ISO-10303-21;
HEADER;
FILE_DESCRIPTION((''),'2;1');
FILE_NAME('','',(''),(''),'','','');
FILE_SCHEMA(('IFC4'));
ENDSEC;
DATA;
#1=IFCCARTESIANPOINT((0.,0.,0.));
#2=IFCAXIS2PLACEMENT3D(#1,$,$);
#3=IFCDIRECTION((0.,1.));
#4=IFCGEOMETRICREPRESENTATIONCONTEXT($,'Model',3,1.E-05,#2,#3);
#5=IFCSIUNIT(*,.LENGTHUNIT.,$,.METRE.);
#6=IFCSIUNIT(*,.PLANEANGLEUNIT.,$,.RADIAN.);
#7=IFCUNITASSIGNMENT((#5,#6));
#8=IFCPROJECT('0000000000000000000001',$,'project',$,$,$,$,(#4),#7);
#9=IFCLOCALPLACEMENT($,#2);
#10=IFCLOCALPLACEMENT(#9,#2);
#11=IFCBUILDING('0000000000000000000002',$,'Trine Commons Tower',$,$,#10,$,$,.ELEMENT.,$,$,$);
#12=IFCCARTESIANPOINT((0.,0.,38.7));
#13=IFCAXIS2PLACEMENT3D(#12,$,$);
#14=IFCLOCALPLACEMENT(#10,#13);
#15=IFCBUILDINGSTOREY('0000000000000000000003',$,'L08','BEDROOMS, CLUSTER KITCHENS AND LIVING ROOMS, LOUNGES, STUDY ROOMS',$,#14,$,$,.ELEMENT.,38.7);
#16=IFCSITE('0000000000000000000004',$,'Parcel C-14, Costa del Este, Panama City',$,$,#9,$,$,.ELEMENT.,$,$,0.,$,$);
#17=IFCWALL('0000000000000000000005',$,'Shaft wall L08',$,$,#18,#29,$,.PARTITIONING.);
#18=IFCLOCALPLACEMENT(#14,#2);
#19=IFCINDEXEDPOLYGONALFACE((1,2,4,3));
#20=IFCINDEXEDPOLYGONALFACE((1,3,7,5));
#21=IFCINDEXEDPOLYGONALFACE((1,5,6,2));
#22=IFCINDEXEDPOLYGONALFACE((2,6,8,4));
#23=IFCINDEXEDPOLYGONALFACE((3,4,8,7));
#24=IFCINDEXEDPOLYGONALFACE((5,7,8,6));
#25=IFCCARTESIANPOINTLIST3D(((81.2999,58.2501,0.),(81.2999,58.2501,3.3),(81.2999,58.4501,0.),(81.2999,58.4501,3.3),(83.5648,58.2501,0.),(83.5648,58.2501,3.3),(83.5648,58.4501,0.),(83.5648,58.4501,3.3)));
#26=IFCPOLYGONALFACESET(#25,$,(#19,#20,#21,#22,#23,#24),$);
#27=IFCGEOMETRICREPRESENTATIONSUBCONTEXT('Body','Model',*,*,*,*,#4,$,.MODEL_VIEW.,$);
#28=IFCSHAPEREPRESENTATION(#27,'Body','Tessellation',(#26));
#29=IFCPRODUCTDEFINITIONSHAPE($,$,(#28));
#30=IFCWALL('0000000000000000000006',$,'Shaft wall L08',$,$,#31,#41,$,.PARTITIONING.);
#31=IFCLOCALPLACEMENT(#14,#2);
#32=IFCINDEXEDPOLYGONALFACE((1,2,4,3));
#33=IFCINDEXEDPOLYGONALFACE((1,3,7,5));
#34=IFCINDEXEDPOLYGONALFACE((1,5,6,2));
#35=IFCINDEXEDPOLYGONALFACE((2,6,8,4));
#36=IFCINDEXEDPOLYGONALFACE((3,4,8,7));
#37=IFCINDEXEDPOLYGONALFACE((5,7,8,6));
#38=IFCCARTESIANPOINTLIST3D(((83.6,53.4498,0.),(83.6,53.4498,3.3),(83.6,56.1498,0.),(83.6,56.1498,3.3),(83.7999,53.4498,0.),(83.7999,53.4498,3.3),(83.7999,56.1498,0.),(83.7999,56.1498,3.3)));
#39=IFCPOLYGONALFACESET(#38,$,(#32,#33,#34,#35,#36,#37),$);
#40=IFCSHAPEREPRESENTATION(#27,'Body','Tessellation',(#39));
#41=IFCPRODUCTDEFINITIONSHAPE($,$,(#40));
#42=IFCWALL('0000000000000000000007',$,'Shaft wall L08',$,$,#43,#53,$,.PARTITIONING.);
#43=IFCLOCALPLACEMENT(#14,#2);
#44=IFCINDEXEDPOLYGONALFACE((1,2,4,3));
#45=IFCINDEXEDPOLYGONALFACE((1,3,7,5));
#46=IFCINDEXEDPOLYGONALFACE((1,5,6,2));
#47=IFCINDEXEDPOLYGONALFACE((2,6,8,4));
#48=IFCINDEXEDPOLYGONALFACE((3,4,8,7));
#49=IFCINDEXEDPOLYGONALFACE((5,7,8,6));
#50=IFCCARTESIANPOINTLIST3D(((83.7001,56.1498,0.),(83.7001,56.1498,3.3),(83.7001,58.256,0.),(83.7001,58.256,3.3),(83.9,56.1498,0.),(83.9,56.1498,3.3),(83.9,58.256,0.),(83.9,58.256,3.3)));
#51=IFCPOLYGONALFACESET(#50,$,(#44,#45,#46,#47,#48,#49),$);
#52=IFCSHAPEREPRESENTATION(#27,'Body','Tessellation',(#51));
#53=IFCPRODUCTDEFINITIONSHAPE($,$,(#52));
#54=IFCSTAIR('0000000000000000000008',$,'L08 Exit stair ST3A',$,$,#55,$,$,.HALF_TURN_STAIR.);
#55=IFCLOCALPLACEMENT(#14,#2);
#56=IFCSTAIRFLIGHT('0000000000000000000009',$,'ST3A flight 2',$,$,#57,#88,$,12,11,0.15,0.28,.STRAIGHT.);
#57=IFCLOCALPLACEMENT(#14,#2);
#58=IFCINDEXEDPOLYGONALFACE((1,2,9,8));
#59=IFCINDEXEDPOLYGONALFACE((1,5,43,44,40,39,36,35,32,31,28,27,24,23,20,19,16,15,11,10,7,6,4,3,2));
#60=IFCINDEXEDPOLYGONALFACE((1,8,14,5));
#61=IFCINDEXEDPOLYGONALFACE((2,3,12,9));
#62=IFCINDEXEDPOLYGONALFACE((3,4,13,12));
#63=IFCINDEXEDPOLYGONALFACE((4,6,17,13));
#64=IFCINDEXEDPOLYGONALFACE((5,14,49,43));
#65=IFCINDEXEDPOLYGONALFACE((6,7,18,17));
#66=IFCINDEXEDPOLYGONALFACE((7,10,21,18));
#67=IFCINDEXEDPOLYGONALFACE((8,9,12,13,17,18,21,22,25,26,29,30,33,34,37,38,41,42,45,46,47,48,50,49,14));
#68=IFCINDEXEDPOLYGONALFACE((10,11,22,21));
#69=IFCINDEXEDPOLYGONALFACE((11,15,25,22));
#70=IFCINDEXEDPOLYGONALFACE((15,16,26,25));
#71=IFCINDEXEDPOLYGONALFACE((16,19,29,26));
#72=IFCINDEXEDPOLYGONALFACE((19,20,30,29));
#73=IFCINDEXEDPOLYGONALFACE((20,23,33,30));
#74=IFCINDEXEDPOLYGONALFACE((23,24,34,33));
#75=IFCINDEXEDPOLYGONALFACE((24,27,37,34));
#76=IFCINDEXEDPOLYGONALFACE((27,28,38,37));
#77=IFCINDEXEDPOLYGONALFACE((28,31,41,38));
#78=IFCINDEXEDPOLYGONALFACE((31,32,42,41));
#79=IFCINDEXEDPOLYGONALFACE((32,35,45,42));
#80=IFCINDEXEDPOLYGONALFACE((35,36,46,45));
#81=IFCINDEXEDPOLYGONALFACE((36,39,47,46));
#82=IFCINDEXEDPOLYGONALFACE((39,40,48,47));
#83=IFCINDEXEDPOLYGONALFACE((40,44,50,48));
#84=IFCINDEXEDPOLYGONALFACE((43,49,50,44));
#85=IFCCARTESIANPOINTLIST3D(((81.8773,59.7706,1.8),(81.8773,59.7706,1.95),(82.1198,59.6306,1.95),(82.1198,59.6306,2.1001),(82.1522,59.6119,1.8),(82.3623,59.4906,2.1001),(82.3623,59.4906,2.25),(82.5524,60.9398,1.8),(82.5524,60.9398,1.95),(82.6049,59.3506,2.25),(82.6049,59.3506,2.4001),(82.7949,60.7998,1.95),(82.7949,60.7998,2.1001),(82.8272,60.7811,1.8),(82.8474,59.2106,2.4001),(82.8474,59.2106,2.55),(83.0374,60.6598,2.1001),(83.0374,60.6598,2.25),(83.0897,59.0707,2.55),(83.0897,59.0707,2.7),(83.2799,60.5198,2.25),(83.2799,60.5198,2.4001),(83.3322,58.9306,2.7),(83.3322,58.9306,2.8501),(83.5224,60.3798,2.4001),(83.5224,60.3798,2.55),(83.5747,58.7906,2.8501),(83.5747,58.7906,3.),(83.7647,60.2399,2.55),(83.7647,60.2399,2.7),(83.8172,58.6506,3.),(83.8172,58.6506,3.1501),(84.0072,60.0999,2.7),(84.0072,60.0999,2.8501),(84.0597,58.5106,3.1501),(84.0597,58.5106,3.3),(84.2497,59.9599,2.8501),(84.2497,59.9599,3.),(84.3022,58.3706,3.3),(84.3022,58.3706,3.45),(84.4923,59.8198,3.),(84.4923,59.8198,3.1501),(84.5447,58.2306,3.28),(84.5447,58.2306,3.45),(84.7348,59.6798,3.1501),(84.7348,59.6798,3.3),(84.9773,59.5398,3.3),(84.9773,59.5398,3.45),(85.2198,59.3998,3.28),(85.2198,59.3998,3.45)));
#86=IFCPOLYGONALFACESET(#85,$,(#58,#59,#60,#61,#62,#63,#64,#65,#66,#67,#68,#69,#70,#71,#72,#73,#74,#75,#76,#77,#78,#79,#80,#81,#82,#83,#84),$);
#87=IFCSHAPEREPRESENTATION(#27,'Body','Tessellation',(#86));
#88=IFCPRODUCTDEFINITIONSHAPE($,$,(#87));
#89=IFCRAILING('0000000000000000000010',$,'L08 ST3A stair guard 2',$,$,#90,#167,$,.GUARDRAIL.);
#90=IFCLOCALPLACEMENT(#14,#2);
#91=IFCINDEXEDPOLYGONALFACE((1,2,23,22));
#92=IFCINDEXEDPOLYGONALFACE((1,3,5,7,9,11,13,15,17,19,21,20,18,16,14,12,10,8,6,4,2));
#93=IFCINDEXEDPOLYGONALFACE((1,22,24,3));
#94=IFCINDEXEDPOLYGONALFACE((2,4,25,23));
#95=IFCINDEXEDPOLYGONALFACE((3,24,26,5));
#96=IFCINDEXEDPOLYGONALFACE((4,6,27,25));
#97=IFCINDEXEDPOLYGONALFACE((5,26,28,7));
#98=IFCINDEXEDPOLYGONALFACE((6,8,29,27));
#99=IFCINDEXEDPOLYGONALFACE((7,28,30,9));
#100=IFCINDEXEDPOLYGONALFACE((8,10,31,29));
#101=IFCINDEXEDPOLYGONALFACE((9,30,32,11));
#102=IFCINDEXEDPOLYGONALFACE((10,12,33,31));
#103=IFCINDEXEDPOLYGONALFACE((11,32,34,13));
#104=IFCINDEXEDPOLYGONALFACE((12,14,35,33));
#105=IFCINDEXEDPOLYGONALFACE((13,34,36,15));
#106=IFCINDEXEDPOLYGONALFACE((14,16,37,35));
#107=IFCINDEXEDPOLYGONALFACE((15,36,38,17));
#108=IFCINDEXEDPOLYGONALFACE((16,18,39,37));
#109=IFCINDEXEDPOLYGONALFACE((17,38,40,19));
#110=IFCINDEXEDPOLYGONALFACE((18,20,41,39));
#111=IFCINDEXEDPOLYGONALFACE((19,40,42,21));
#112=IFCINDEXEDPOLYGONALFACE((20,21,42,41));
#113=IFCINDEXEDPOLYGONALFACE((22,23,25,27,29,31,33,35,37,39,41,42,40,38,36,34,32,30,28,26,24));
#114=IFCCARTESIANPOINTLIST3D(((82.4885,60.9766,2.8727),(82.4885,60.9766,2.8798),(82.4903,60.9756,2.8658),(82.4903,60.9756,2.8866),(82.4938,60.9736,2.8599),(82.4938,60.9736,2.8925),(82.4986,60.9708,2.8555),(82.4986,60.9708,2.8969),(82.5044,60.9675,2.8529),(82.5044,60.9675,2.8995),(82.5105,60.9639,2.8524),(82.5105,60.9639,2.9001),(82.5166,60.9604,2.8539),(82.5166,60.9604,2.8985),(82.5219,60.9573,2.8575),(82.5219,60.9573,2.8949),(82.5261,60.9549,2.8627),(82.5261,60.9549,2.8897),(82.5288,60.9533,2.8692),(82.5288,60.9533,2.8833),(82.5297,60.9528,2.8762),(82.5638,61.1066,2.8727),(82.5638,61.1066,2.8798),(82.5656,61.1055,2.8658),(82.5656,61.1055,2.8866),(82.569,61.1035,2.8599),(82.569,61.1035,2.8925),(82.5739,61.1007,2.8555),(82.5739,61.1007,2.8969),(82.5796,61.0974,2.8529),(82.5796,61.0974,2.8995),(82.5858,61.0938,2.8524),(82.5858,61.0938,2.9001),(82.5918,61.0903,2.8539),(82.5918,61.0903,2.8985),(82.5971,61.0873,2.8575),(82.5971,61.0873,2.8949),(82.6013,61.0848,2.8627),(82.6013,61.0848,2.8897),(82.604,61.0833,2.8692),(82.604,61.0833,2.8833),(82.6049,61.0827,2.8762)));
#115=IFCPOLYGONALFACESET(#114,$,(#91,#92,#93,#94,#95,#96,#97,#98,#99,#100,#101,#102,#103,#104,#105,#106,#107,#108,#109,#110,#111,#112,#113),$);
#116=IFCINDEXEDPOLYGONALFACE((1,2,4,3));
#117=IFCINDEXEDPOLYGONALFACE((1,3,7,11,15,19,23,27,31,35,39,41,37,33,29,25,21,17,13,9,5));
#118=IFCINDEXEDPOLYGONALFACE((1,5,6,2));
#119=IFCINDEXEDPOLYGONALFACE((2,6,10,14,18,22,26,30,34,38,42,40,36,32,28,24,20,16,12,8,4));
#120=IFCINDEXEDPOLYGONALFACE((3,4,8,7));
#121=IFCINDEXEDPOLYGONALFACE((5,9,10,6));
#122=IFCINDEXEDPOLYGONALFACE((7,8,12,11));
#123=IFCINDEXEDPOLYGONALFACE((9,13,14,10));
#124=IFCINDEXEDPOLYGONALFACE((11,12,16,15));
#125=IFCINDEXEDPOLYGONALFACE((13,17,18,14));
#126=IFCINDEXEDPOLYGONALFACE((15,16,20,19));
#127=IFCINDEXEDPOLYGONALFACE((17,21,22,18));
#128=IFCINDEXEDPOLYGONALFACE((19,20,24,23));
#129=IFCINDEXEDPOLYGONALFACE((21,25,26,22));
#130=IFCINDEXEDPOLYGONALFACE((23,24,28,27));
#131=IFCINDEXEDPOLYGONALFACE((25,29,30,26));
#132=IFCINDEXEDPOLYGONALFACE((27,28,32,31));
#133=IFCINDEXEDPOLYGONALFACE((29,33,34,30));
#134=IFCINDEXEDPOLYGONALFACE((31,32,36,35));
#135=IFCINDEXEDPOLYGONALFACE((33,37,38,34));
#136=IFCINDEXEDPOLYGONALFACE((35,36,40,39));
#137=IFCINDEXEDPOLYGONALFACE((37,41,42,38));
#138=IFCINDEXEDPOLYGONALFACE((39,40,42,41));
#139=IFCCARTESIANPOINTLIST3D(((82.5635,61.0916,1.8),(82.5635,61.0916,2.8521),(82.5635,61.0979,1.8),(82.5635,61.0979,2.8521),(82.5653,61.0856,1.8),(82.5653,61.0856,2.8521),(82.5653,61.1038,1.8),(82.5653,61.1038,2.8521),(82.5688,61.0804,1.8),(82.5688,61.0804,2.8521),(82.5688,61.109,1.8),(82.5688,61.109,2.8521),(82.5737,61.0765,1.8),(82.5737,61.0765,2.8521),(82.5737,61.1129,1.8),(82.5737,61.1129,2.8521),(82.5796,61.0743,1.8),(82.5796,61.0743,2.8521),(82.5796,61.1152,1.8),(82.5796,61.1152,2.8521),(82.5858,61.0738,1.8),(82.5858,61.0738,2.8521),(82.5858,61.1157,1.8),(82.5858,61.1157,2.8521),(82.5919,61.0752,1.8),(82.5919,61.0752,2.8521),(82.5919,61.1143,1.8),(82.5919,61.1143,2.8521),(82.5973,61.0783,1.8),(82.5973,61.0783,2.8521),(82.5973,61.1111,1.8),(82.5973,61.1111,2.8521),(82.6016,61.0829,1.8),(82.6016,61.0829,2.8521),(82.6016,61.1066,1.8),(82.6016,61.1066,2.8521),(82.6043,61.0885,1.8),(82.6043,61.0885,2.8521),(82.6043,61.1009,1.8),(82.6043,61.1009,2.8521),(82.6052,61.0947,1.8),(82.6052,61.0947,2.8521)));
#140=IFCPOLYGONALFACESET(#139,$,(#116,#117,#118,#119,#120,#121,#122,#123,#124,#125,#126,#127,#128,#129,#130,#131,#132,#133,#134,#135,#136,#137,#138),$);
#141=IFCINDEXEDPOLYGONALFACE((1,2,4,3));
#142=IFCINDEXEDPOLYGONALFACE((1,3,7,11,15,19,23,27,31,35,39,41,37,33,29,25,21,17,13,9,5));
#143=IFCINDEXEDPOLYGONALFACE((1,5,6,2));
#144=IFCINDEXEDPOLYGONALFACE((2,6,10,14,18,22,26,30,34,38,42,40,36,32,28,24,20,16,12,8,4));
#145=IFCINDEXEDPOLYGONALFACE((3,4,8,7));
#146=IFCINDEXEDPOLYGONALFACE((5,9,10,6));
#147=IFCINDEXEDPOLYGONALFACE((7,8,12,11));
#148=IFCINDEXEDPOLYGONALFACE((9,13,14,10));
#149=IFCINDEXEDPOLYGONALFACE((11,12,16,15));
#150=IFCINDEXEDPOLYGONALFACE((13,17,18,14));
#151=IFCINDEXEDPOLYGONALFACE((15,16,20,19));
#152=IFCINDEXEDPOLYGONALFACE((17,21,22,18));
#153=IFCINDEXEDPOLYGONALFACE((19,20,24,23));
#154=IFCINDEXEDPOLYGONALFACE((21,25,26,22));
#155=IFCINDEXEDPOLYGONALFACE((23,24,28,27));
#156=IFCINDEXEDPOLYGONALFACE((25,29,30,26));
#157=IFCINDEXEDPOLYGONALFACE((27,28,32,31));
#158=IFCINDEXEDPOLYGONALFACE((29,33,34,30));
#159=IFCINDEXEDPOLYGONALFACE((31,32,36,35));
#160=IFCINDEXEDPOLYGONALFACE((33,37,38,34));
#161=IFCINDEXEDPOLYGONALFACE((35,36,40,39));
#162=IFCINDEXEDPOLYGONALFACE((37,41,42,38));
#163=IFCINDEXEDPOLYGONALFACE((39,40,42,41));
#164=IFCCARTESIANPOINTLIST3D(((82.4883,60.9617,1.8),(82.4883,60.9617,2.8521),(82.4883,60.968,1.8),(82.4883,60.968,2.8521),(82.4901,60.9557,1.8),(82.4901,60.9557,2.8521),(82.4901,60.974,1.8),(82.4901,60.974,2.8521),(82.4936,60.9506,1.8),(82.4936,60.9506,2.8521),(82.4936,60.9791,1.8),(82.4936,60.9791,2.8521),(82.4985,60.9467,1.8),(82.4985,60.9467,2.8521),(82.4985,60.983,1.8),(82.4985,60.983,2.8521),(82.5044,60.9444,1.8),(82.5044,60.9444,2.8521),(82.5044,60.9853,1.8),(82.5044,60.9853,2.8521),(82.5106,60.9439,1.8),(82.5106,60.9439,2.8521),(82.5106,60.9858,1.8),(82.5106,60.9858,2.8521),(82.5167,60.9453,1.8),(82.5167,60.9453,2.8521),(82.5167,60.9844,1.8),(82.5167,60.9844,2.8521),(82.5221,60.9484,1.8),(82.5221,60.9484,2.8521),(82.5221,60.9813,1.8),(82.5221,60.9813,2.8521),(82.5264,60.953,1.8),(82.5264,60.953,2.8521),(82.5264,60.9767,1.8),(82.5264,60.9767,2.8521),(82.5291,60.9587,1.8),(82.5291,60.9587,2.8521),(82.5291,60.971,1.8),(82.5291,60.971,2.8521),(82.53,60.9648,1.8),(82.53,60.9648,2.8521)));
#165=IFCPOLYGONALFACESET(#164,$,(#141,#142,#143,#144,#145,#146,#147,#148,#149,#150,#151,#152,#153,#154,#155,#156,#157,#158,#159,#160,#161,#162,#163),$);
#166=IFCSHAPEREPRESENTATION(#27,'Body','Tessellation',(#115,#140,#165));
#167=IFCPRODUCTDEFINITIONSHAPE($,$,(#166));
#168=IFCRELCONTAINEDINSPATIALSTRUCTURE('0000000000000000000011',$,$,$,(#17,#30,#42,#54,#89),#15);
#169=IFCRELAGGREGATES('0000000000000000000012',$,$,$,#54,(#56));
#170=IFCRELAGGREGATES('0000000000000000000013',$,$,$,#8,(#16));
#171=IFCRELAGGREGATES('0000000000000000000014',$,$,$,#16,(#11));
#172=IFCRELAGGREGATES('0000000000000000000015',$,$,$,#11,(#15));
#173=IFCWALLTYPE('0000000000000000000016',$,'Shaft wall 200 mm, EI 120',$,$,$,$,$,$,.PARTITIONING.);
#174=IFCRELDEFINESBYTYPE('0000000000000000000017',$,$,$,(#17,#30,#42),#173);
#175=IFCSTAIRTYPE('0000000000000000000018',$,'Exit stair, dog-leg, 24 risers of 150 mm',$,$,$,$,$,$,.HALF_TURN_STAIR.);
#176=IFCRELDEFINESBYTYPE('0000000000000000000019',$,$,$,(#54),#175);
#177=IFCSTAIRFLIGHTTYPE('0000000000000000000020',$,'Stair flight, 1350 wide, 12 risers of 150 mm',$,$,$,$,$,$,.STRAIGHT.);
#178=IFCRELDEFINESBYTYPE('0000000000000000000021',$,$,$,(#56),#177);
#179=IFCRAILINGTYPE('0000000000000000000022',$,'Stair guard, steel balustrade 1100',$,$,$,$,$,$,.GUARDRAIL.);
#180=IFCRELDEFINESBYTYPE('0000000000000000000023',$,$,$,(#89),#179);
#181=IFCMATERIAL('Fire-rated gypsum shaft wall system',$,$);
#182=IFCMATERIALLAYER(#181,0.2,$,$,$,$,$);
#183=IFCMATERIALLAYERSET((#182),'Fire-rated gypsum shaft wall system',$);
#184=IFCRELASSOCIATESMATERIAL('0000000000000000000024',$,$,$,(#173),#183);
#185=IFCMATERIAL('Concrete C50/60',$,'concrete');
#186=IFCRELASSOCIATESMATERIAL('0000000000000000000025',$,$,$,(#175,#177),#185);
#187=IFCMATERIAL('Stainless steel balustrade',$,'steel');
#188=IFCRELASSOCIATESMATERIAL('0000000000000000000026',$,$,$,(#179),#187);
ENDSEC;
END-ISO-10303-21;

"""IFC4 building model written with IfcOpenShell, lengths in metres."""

from ifc_helpers import new_model, si_unit, direction, frame, frame_2d, origin, origin_2d, place, context, subcontext, project, spatial, polyline, rectangle, circle, outline, extrude, material, layer, layer_set, type_object, element, aggregate, save


model = new_model("IFC4")

# Units and contexts
model_context = context("Model", 3, precision=1e-05, world=origin(), true_north=direction((0.0, 1.0)))
body_context = subcontext(model_context, "Body", "Model", "MODEL_VIEW")
ifc_project = project(units=[si_unit("LENGTHUNIT", "METRE"), si_unit("PLANEANGLEUNIT", "RADIAN")], contexts=[model_context])

# Site, building, storey
site_placement = place(None, origin())
site = spatial("IfcSite", under=ifc_project, at=site_placement, Name="Parcel C-14, Costa del Este, Panama City", CompositionType="ELEMENT", RefElevation=0.0)
building_placement = place(site_placement, origin())
building = spatial("IfcBuilding", under=site, at=building_placement, Name="Trine Commons Tower", CompositionType="ELEMENT")
storey_placement = place(building_placement, frame((0.0, 0.0, 38.7)))
storey = spatial("IfcBuildingStorey", under=building, at=storey_placement, Name="L08", Description="BEDROOMS, CLUSTER KITCHENS AND LIVING ROOMS, LOUNGES, STUDY ROOMS", CompositionType="ELEMENT", Elevation=38.7)

# Shared definitions
ifc_material_1 = material(Name="Fire-rated gypsum shaft wall system")

# Walls
ifc_layer_1 = layer(ifc_material_1, 0.2)
ifc_layer_set_1 = layer_set([ifc_layer_1], Name="Fire-rated gypsum shaft wall system")
wall_type_1 = type_object("IfcWallType", Name="Shaft wall 200 mm, EI 120", PredefinedType="PARTITIONING", material=ifc_layer_set_1)
wall_1_placement = place(storey_placement, frame((81.3, 58.3501, 0.0), z_axis=(0.0, 0.0, 1.0), x_axis=(1.0, 0.0, 0.0)))
element("IfcWall", 1, at=wall_1_placement, inside=storey, type_object=wall_type_1, Name="Shaft wall L08", PredefinedType="PARTITIONING", context=body_context, shape_type="SweptSolid", body=[
    extrude(rectangle(XDim=2.2649, YDim=0.2, at=frame_2d((1.1323, 0.0))), origin(), (0.0, 0.0, 1.0), 3.3),
])
wall_2_placement = place(storey_placement, frame((83.7, 56.1499, 0.0), z_axis=(0.0, 0.0, 1.0), x_axis=(0.0, -1.0, 0.0)))
element("IfcWall", 2, at=wall_2_placement, inside=storey, type_object=wall_type_1, Name="Shaft wall L08", PredefinedType="PARTITIONING", context=body_context, shape_type="SweptSolid", body=[
    extrude(rectangle(XDim=2.7, YDim=0.2, at=frame_2d((1.3501, 0.0))), origin(), (0.0, 0.0, 1.0), 3.3),
])
wall_3_placement = place(storey_placement, frame((83.8, 58.2561, 0.0), z_axis=(0.0, 0.0, 1.0), x_axis=(0.0, -1.0, 0.0)))
element("IfcWall", 3, at=wall_3_placement, inside=storey, type_object=wall_type_1, Name="Shaft wall L08", PredefinedType="PARTITIONING", context=body_context, shape_type="SweptSolid", body=[
    extrude(rectangle(XDim=2.1062, YDim=0.2, at=frame_2d((1.0532, 0.0))), origin(), (0.0, 0.0, 1.0), 3.3),
])

# Stair, stair flight
ifc_material_2 = material(Name="Concrete C50/60", Category="concrete")
stair_type = type_object("IfcStairType", Name="Exit stair, dog-leg, 24 risers of 150 mm", PredefinedType="HALF_TURN_STAIR", material=ifc_material_2)
stair_placement = place(storey_placement, origin())
stair = element("IfcStair", 4, at=stair_placement, inside=storey, type_object=stair_type, Name="L08 Exit stair ST3A", PredefinedType="HALF_TURN_STAIR")
stair_flight_type = type_object("IfcStairFlightType", Name="Stair flight, 1350 wide, 12 risers of 150 mm", PredefinedType="STRAIGHT", material=ifc_material_2)
stair_flight_placement = place(storey_placement, frame((82.2148, 60.3552, 1.8), z_axis=(0.0, 0.0, 1.0), x_axis=(0.866025, -0.5, 0.0)))
stair_flight = element("IfcStairFlight", 5, at=stair_flight_placement, type_object=stair_flight_type, Name="ST3A flight 2", NumberOfRisers=12, NumberOfTreads=11, PredefinedType="STRAIGHT", RiserHeight=0.15, TreadLength=0.28, context=body_context, shape_type="SweptSolid", body=[
    extrude(outline(polyline([(0.0, 0.0), (0.0, 0.1499), (0.28, 0.1499), (0.28, 0.3), (0.5601, 0.3), (0.5601, 0.45), (0.8401, 0.45), (0.8401, 0.6001), (1.1201, 0.6001), (1.1201, 0.75), (1.3999, 0.75), (1.3999, 0.8999), (1.6799, 0.8999), (1.6799, 1.05), (1.96, 1.05), (1.96, 1.2), (2.24, 1.2), (2.24, 1.3501), (2.52, 1.3501), (2.52, 1.5), (2.8, 1.5), (2.8, 1.6499), (3.0801, 1.6499), (3.0801, 1.8), (3.0801, 1.48), (0.3174, 0.0), (0.0, 0.0)])), frame((0.0, 0.675, 0.0), z_axis=(0.0, -1.0, 0.0), x_axis=(1.0, 0.0, 0.0)), (0.0, 0.0, 1.0), 1.3501),
])
aggregate(stair, [stair_flight])

# Railing
ifc_material_3 = material(Name="Stainless steel balustrade", Category="steel")
railing_type_1 = type_object("IfcRailingType", Name="Stair guard, steel balustrade 1100", PredefinedType="GUARDRAIL", material=ifc_material_3)
railing_1_placement = place(storey_placement, frame((82.5842, 61.0947, 1.8)))
element("IfcRailing", 6, at=railing_1_placement, inside=storey, type_object=railing_type_1, Name="L08 ST3A stair guard 2", PredefinedType="GUARDRAIL", context=body_context, shape_type="SweptSolid", body=[
    extrude(circle(Radius=0.0239, at=origin_2d()), frame((0.0, 0.0, 1.0762), z_axis=(-0.501036, -0.865426, 0.0), x_axis=(0.865426, -0.501036, 0.0)), (0.0, 0.0, 1.0), 0.1501),
    extrude(circle(Radius=0.021, at=origin_2d()), origin(), (0.0, 0.0, 1.0), 1.052),
    extrude(circle(Radius=0.021, at=origin_2d()), frame((-0.0752, -0.1299, 0.0)), (0.0, 0.0, 1.0), 1.052),
])

save(model, "model.ifc")
